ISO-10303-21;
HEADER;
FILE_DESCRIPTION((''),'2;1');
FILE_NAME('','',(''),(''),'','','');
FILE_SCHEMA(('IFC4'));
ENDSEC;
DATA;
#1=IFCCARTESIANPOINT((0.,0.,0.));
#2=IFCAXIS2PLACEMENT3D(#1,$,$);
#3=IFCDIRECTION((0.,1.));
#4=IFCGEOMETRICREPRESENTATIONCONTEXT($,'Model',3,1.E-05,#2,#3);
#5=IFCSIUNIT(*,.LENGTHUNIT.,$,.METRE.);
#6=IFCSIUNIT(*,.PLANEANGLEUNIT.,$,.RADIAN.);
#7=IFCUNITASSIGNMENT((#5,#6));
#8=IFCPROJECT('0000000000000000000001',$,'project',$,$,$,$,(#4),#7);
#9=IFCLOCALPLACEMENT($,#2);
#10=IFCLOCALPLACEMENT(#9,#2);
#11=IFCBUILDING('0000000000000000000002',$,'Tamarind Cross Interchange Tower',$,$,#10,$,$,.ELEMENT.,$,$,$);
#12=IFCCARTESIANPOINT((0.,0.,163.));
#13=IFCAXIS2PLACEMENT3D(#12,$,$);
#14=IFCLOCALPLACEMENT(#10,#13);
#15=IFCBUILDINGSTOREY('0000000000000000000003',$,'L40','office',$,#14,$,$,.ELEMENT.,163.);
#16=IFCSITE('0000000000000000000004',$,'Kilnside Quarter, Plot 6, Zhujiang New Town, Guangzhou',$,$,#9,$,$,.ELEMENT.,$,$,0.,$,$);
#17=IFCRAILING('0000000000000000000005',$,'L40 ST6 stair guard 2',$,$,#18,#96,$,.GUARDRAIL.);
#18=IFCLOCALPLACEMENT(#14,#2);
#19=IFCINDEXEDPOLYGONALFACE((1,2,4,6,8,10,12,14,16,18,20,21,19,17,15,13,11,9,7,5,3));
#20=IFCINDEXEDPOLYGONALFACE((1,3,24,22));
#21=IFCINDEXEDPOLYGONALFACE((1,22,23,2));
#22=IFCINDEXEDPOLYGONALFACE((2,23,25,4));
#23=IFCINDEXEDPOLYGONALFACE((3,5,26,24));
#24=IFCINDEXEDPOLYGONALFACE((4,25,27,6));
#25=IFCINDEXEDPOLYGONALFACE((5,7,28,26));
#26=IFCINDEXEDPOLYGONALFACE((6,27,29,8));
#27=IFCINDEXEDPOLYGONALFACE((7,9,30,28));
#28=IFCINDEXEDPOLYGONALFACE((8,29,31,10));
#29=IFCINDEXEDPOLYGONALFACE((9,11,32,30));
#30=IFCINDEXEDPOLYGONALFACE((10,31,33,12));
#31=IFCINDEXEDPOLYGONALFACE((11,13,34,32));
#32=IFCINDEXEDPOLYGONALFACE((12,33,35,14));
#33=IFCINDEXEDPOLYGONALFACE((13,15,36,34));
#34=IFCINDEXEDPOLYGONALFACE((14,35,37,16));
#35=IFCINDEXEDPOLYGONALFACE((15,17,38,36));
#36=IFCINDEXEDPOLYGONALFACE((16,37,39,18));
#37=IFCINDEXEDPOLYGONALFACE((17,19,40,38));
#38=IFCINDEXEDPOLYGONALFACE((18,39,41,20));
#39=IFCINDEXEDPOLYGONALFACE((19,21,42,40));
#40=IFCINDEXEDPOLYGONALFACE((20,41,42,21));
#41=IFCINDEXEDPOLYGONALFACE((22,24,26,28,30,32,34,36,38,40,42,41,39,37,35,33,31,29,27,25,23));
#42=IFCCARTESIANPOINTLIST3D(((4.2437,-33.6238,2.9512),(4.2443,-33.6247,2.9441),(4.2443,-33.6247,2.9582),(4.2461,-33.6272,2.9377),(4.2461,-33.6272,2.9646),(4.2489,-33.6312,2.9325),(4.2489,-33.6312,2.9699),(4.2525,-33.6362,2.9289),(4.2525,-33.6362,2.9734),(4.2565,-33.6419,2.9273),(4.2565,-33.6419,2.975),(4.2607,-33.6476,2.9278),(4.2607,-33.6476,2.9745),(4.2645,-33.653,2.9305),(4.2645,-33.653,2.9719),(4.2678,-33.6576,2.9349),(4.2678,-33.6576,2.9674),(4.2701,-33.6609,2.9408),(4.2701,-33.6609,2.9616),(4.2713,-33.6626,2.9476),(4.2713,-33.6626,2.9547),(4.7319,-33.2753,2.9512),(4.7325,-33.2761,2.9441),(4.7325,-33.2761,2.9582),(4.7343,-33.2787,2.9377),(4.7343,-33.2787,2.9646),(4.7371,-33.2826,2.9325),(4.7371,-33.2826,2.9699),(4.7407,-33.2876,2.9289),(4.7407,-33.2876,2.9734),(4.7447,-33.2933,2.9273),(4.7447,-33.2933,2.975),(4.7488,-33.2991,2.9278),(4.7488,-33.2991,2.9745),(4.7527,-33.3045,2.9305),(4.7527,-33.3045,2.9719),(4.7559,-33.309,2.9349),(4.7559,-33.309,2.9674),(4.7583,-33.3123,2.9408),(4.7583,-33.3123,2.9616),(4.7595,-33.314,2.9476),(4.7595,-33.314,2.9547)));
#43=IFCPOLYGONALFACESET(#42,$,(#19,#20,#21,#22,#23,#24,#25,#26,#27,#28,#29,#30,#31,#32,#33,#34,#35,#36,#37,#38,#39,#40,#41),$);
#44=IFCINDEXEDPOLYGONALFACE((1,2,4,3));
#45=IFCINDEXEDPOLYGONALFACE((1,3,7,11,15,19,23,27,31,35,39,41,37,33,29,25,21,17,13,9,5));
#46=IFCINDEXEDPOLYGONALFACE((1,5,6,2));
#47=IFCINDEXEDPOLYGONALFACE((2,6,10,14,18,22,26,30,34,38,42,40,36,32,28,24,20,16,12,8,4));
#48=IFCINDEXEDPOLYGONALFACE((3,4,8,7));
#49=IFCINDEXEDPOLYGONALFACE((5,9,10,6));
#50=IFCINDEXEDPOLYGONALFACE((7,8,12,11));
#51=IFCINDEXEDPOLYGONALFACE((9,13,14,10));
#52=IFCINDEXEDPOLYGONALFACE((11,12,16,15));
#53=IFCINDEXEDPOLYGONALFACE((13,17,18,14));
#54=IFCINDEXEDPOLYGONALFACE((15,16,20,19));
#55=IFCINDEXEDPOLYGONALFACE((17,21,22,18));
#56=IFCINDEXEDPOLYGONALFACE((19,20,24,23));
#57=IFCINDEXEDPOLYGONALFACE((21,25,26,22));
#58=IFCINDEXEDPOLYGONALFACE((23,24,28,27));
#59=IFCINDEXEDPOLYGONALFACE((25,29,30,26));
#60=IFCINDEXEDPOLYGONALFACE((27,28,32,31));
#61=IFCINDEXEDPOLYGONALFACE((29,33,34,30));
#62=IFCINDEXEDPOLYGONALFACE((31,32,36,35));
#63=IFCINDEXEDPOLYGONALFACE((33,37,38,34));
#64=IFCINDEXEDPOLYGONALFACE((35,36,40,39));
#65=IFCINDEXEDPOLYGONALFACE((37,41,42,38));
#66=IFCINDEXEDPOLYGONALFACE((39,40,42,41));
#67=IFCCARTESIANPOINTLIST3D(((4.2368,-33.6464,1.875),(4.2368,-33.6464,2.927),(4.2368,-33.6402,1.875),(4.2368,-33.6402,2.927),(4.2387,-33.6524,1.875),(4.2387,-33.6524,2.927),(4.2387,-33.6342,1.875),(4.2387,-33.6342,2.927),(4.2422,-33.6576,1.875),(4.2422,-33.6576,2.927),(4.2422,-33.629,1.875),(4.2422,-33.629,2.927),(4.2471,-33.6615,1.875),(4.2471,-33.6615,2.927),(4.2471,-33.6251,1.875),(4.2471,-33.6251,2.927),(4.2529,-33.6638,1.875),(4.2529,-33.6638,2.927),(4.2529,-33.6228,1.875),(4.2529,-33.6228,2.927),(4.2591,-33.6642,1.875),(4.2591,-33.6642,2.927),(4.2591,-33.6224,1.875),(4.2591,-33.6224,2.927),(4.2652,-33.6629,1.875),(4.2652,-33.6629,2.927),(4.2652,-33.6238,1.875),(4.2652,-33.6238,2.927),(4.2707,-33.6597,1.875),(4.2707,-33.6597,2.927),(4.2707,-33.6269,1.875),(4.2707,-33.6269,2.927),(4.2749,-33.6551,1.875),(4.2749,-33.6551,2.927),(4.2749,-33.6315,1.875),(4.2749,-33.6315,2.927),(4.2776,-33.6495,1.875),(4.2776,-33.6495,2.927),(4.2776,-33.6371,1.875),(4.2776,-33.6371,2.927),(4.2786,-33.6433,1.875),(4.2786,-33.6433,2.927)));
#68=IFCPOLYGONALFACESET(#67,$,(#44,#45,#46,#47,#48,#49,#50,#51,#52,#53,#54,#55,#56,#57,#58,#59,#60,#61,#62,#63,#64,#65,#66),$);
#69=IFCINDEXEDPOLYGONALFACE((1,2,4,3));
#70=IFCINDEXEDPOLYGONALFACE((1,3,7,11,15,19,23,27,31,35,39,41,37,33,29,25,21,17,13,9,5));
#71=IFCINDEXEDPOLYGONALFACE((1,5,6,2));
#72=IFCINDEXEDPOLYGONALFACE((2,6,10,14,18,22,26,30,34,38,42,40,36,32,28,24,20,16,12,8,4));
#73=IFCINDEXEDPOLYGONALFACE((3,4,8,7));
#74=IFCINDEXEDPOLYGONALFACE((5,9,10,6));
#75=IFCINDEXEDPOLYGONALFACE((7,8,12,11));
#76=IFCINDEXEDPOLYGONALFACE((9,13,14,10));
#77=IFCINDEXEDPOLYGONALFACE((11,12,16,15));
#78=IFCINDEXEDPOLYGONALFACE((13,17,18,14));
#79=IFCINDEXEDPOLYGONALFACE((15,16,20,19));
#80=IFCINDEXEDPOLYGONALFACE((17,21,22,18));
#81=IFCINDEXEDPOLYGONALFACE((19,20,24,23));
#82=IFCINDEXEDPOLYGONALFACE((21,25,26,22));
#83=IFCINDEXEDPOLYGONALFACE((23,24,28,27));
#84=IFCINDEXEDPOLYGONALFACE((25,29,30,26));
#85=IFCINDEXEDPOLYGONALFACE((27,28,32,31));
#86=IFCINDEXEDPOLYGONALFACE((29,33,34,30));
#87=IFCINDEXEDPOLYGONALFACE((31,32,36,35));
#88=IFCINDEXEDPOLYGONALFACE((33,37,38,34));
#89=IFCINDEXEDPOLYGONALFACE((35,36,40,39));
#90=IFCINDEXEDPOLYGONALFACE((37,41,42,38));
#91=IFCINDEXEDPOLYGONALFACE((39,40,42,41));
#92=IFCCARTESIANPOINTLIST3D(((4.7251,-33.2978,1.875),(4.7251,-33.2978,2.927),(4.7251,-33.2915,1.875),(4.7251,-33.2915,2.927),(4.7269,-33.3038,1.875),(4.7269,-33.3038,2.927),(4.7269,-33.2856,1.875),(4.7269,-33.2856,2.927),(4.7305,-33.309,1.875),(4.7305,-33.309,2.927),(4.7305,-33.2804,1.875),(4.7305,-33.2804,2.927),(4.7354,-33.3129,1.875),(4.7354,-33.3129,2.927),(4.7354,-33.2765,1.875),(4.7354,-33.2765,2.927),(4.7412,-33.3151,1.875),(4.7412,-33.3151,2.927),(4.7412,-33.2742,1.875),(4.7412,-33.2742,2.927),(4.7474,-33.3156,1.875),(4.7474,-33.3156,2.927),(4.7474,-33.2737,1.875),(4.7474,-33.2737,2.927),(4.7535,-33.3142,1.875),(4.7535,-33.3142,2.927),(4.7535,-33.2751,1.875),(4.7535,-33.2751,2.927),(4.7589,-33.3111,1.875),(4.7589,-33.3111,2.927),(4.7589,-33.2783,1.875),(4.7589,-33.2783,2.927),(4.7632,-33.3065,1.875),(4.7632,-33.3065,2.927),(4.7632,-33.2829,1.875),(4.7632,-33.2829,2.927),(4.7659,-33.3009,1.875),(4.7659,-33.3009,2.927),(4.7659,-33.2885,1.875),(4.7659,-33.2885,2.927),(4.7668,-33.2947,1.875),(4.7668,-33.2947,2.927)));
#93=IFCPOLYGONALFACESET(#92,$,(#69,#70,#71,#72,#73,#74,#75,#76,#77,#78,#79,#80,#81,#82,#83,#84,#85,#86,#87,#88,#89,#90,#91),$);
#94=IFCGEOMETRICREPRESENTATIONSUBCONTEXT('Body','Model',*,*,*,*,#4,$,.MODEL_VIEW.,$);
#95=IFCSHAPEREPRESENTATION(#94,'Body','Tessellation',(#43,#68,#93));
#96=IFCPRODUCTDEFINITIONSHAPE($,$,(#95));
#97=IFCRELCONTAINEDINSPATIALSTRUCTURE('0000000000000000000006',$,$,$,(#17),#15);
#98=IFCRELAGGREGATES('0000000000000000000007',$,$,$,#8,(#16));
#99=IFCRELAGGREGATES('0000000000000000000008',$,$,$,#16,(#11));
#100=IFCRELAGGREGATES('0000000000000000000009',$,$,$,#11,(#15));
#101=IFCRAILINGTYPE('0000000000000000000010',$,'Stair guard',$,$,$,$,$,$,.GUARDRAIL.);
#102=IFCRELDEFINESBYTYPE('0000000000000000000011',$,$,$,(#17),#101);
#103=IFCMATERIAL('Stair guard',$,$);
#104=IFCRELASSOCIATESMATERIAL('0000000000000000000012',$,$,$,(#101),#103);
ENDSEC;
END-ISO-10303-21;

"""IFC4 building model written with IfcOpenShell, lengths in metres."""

from ifc_helpers import new_model, si_unit, direction, frame, origin, origin_2d, place, context, subcontext, project, spatial, circle, extrude, material, type_object, element, save


model = new_model("IFC4")

# Units and contexts
model_context = context("Model", 3, precision=1e-05, world=origin(), true_north=direction((0.0, 1.0)))
body_context = subcontext(model_context, "Body", "Model", "MODEL_VIEW")
ifc_project = project(units=[si_unit("LENGTHUNIT", "METRE"), si_unit("PLANEANGLEUNIT", "RADIAN")], contexts=[model_context])

# Site, building, storey
site_placement = place(None, origin())
site = spatial("IfcSite", under=ifc_project, at=site_placement, Name="Kilnside Quarter, Plot 6, Zhujiang New Town, Guangzhou", CompositionType="ELEMENT", RefElevation=0.0)
building_placement = place(site_placement, origin())
building = spatial("IfcBuilding", under=site, at=building_placement, Name="Tamarind Cross Interchange Tower", CompositionType="ELEMENT")
storey_placement = place(building_placement, frame((0.0, 0.0, 163.0)))
storey = spatial("IfcBuildingStorey", under=building, at=storey_placement, Name="L40", Description="office", CompositionType="ELEMENT", Elevation=163.0)

# Railing
ifc_material_1 = material(Name="Stair guard")
railing_type_1 = type_object("IfcRailingType", Name="Stair guard", PredefinedType="GUARDRAIL", material=ifc_material_1)
railing_1_placement = place(storey_placement, frame((4.2576, -33.6433, 1.875)))
element("IfcRailing", 1, at=railing_1_placement, inside=storey, type_object=railing_type_1, Name="L40 ST6 stair guard 2", PredefinedType="GUARDRAIL", context=body_context, shape_type="SweptSolid", body=[
    extrude(circle(Radius=0.0239, at=origin_2d()), frame((0.0, 0.0, 1.0762), z_axis=(0.813843, 0.581084, 0.0), x_axis=(-0.581084, 0.813843, 0.0)), (0.0, 0.0, 1.0), 0.5999),
    extrude(circle(Radius=0.021, at=origin_2d()), origin(), (0.0, 0.0, 1.0), 1.052),
    extrude(circle(Radius=0.021, at=origin_2d()), frame((0.4883, 0.3486, 0.0)), (0.0, 0.0, 1.0), 1.052),
])

save(model, "model.ifc")
